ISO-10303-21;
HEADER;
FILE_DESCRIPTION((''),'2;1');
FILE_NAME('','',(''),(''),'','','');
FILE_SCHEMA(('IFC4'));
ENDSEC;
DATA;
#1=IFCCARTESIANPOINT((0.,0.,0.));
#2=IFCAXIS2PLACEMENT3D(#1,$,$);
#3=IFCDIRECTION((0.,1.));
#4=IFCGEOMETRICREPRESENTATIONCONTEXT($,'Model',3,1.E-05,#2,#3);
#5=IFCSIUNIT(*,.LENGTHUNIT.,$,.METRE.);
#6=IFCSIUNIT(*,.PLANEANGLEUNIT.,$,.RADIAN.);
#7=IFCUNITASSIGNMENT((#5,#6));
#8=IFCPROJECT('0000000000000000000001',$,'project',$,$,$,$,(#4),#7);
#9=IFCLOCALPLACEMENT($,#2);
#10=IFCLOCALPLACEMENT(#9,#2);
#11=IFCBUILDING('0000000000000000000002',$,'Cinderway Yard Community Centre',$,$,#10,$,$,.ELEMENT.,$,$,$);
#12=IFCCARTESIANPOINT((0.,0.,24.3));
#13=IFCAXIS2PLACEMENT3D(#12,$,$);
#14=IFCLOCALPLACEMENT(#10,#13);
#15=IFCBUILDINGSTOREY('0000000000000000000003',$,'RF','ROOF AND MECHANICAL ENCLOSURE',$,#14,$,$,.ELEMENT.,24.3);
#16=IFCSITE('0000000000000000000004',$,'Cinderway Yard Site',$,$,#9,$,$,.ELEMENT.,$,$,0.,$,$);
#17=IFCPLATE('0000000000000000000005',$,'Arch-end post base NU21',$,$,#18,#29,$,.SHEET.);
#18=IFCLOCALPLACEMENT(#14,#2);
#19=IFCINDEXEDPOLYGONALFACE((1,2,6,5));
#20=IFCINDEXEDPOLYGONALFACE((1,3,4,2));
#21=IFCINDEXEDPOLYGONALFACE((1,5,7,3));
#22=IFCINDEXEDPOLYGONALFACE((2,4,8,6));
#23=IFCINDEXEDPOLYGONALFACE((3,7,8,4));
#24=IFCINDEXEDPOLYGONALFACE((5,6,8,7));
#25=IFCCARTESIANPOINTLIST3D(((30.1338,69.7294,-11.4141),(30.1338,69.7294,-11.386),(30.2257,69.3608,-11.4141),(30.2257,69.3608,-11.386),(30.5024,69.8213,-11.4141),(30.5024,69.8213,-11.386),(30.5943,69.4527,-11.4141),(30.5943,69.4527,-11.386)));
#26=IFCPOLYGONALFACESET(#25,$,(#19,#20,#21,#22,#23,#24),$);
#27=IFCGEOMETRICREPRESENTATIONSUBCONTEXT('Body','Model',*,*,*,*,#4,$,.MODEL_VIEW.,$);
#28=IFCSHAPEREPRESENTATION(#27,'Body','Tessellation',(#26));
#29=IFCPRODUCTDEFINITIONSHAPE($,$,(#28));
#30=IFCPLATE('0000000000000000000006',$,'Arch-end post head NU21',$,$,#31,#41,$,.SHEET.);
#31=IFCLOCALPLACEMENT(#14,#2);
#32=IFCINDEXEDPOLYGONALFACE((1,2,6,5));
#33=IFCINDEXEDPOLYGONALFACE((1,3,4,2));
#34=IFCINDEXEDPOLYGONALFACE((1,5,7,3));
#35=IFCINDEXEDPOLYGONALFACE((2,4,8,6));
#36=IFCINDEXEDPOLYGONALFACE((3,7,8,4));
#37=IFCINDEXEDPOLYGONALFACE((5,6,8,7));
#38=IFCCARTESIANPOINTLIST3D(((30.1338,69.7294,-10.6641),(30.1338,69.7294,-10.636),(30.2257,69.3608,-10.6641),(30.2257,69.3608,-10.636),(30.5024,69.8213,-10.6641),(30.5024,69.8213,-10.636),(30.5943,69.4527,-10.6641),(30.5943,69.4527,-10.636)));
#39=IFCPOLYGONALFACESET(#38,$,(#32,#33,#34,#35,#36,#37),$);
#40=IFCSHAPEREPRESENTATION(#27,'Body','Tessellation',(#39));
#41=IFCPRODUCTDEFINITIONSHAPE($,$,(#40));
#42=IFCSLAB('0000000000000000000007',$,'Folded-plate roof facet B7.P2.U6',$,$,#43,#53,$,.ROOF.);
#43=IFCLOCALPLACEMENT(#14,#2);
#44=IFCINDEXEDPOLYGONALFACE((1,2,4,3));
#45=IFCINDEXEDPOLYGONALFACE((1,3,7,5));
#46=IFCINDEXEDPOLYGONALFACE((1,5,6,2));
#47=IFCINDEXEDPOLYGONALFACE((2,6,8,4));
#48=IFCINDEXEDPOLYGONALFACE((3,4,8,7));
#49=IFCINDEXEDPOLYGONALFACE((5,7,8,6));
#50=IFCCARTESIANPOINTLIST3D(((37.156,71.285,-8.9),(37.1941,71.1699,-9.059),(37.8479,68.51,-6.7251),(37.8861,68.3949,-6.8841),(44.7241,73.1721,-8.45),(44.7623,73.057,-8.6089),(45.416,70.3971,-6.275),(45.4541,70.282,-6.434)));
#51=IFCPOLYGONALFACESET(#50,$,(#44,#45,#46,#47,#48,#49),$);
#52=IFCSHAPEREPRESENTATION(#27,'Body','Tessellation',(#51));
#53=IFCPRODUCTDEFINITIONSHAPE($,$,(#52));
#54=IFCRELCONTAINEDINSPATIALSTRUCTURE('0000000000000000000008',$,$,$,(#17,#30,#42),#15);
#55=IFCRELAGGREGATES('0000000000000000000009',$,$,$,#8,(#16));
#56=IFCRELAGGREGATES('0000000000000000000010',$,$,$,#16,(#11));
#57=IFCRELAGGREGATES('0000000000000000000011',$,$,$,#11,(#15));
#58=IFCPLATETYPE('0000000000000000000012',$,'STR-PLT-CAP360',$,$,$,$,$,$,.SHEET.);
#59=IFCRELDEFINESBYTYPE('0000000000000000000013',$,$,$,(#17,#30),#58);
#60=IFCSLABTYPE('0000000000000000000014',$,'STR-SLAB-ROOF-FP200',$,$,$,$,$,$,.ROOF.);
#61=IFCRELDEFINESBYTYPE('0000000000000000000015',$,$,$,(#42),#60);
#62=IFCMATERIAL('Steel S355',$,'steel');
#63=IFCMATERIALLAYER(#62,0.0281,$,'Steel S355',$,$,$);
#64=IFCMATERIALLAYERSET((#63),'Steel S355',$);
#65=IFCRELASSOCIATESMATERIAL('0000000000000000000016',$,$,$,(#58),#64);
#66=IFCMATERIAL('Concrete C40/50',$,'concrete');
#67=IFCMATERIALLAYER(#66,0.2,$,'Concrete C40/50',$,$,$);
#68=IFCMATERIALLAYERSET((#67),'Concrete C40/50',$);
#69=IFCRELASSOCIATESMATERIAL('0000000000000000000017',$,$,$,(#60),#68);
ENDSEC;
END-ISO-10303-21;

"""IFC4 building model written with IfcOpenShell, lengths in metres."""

from ifc_helpers import new_model, si_unit, direction, frame, origin, origin_2d, place, context, subcontext, project, spatial, polyline, rectangle, outline, extrude, material, layer, layer_set, type_object, element, save


model = new_model("IFC4")

# Units and contexts
model_context = context("Model", 3, precision=1e-05, world=origin(), true_north=direction((0.0, 1.0)))
body_context = subcontext(model_context, "Body", "Model", "MODEL_VIEW")
ifc_project = project(units=[si_unit("LENGTHUNIT", "METRE"), si_unit("PLANEANGLEUNIT", "RADIAN")], contexts=[model_context])

# Site, building, storey
site_placement = place(None, origin())
site = spatial("IfcSite", under=ifc_project, at=site_placement, Name="Cinderway Yard Site", CompositionType="ELEMENT", RefElevation=0.0)
building_placement = place(site_placement, origin())
building = spatial("IfcBuilding", under=site, at=building_placement, Name="Cinderway Yard Community Centre", CompositionType="ELEMENT")
storey_placement = place(building_placement, frame((0.0, 0.0, 24.3)))
storey = spatial("IfcBuildingStorey", under=building, at=storey_placement, Name="RF", Description="ROOF AND MECHANICAL ENCLOSURE", CompositionType="ELEMENT", Elevation=24.3)

# Shared definitions
ifc_material_1 = material(Name="Steel S355", Category="steel")

# Shared definitions
ifc_material_2 = material(Name="Concrete C40/50", Category="concrete")

# Plates
ifc_layer_1 = layer(ifc_material_1, 0.0281, Name="Steel S355")
ifc_layer_set_1 = layer_set([ifc_layer_1], Name="Steel S355")
plate_type_1 = type_object("IfcPlateType", Name="STR-PLT-CAP360", PredefinedType="SHEET", material=ifc_layer_set_1)
for number, where, z_axis, x_axis, name in (
    (1, (30.364, 69.5911, -11.4141), (0.0, 0.0, 1.0), (0.970296, 0.241922, 0.0), "Arch-end post base NU21"),
    (2, (30.364, 69.5911, -10.6641), (0.0, 0.0, 1.0), (0.970296, 0.241922, 0.0), "Arch-end post head NU21"),
):
    element("IfcPlate", number, at=place(storey_placement, frame(where, z_axis=z_axis, x_axis=x_axis)), inside=storey, type_object=plate_type_1, Name=name, PredefinedType="SHEET", context=body_context, shape_type="SweptSolid", body=[
        extrude(rectangle(XDim=0.3799, YDim=0.3799, at=origin_2d()), origin(), (0.0, 0.0, 1.0), 0.0281),
    ])

# Slab
ifc_layer_2 = layer(ifc_material_2, 0.2, Name="Concrete C40/50")
ifc_layer_set_2 = layer_set([ifc_layer_2], Name="Concrete C40/50")
slab_type = type_object("IfcSlabType", Name="STR-SLAB-ROOF-FP200", PredefinedType="ROOF", material=ifc_layer_set_2)
slab_placement = place(storey_placement, frame((37.8479, 68.51, -6.7251), z_axis=(-0.190815, 0.575618, 0.795143), x_axis=(0.968681, 0.241535, 0.057609)))
element("IfcSlab", 3, at=slab_placement, inside=storey, type_object=slab_type, Name="Folded-plate roof facet B7.P2.U6", PredefinedType="ROOF", context=body_context, shape_type="SweptSolid", body=[
    extrude(outline(polyline([(0.0, 0.0), (7.8128, 0.0), (7.6876, 3.5909), (-0.1253, 3.5908), (0.0, 0.0)])), origin(), (0.0, 0.0, -1.0), 0.2),
])

save(model, "model.ifc")
